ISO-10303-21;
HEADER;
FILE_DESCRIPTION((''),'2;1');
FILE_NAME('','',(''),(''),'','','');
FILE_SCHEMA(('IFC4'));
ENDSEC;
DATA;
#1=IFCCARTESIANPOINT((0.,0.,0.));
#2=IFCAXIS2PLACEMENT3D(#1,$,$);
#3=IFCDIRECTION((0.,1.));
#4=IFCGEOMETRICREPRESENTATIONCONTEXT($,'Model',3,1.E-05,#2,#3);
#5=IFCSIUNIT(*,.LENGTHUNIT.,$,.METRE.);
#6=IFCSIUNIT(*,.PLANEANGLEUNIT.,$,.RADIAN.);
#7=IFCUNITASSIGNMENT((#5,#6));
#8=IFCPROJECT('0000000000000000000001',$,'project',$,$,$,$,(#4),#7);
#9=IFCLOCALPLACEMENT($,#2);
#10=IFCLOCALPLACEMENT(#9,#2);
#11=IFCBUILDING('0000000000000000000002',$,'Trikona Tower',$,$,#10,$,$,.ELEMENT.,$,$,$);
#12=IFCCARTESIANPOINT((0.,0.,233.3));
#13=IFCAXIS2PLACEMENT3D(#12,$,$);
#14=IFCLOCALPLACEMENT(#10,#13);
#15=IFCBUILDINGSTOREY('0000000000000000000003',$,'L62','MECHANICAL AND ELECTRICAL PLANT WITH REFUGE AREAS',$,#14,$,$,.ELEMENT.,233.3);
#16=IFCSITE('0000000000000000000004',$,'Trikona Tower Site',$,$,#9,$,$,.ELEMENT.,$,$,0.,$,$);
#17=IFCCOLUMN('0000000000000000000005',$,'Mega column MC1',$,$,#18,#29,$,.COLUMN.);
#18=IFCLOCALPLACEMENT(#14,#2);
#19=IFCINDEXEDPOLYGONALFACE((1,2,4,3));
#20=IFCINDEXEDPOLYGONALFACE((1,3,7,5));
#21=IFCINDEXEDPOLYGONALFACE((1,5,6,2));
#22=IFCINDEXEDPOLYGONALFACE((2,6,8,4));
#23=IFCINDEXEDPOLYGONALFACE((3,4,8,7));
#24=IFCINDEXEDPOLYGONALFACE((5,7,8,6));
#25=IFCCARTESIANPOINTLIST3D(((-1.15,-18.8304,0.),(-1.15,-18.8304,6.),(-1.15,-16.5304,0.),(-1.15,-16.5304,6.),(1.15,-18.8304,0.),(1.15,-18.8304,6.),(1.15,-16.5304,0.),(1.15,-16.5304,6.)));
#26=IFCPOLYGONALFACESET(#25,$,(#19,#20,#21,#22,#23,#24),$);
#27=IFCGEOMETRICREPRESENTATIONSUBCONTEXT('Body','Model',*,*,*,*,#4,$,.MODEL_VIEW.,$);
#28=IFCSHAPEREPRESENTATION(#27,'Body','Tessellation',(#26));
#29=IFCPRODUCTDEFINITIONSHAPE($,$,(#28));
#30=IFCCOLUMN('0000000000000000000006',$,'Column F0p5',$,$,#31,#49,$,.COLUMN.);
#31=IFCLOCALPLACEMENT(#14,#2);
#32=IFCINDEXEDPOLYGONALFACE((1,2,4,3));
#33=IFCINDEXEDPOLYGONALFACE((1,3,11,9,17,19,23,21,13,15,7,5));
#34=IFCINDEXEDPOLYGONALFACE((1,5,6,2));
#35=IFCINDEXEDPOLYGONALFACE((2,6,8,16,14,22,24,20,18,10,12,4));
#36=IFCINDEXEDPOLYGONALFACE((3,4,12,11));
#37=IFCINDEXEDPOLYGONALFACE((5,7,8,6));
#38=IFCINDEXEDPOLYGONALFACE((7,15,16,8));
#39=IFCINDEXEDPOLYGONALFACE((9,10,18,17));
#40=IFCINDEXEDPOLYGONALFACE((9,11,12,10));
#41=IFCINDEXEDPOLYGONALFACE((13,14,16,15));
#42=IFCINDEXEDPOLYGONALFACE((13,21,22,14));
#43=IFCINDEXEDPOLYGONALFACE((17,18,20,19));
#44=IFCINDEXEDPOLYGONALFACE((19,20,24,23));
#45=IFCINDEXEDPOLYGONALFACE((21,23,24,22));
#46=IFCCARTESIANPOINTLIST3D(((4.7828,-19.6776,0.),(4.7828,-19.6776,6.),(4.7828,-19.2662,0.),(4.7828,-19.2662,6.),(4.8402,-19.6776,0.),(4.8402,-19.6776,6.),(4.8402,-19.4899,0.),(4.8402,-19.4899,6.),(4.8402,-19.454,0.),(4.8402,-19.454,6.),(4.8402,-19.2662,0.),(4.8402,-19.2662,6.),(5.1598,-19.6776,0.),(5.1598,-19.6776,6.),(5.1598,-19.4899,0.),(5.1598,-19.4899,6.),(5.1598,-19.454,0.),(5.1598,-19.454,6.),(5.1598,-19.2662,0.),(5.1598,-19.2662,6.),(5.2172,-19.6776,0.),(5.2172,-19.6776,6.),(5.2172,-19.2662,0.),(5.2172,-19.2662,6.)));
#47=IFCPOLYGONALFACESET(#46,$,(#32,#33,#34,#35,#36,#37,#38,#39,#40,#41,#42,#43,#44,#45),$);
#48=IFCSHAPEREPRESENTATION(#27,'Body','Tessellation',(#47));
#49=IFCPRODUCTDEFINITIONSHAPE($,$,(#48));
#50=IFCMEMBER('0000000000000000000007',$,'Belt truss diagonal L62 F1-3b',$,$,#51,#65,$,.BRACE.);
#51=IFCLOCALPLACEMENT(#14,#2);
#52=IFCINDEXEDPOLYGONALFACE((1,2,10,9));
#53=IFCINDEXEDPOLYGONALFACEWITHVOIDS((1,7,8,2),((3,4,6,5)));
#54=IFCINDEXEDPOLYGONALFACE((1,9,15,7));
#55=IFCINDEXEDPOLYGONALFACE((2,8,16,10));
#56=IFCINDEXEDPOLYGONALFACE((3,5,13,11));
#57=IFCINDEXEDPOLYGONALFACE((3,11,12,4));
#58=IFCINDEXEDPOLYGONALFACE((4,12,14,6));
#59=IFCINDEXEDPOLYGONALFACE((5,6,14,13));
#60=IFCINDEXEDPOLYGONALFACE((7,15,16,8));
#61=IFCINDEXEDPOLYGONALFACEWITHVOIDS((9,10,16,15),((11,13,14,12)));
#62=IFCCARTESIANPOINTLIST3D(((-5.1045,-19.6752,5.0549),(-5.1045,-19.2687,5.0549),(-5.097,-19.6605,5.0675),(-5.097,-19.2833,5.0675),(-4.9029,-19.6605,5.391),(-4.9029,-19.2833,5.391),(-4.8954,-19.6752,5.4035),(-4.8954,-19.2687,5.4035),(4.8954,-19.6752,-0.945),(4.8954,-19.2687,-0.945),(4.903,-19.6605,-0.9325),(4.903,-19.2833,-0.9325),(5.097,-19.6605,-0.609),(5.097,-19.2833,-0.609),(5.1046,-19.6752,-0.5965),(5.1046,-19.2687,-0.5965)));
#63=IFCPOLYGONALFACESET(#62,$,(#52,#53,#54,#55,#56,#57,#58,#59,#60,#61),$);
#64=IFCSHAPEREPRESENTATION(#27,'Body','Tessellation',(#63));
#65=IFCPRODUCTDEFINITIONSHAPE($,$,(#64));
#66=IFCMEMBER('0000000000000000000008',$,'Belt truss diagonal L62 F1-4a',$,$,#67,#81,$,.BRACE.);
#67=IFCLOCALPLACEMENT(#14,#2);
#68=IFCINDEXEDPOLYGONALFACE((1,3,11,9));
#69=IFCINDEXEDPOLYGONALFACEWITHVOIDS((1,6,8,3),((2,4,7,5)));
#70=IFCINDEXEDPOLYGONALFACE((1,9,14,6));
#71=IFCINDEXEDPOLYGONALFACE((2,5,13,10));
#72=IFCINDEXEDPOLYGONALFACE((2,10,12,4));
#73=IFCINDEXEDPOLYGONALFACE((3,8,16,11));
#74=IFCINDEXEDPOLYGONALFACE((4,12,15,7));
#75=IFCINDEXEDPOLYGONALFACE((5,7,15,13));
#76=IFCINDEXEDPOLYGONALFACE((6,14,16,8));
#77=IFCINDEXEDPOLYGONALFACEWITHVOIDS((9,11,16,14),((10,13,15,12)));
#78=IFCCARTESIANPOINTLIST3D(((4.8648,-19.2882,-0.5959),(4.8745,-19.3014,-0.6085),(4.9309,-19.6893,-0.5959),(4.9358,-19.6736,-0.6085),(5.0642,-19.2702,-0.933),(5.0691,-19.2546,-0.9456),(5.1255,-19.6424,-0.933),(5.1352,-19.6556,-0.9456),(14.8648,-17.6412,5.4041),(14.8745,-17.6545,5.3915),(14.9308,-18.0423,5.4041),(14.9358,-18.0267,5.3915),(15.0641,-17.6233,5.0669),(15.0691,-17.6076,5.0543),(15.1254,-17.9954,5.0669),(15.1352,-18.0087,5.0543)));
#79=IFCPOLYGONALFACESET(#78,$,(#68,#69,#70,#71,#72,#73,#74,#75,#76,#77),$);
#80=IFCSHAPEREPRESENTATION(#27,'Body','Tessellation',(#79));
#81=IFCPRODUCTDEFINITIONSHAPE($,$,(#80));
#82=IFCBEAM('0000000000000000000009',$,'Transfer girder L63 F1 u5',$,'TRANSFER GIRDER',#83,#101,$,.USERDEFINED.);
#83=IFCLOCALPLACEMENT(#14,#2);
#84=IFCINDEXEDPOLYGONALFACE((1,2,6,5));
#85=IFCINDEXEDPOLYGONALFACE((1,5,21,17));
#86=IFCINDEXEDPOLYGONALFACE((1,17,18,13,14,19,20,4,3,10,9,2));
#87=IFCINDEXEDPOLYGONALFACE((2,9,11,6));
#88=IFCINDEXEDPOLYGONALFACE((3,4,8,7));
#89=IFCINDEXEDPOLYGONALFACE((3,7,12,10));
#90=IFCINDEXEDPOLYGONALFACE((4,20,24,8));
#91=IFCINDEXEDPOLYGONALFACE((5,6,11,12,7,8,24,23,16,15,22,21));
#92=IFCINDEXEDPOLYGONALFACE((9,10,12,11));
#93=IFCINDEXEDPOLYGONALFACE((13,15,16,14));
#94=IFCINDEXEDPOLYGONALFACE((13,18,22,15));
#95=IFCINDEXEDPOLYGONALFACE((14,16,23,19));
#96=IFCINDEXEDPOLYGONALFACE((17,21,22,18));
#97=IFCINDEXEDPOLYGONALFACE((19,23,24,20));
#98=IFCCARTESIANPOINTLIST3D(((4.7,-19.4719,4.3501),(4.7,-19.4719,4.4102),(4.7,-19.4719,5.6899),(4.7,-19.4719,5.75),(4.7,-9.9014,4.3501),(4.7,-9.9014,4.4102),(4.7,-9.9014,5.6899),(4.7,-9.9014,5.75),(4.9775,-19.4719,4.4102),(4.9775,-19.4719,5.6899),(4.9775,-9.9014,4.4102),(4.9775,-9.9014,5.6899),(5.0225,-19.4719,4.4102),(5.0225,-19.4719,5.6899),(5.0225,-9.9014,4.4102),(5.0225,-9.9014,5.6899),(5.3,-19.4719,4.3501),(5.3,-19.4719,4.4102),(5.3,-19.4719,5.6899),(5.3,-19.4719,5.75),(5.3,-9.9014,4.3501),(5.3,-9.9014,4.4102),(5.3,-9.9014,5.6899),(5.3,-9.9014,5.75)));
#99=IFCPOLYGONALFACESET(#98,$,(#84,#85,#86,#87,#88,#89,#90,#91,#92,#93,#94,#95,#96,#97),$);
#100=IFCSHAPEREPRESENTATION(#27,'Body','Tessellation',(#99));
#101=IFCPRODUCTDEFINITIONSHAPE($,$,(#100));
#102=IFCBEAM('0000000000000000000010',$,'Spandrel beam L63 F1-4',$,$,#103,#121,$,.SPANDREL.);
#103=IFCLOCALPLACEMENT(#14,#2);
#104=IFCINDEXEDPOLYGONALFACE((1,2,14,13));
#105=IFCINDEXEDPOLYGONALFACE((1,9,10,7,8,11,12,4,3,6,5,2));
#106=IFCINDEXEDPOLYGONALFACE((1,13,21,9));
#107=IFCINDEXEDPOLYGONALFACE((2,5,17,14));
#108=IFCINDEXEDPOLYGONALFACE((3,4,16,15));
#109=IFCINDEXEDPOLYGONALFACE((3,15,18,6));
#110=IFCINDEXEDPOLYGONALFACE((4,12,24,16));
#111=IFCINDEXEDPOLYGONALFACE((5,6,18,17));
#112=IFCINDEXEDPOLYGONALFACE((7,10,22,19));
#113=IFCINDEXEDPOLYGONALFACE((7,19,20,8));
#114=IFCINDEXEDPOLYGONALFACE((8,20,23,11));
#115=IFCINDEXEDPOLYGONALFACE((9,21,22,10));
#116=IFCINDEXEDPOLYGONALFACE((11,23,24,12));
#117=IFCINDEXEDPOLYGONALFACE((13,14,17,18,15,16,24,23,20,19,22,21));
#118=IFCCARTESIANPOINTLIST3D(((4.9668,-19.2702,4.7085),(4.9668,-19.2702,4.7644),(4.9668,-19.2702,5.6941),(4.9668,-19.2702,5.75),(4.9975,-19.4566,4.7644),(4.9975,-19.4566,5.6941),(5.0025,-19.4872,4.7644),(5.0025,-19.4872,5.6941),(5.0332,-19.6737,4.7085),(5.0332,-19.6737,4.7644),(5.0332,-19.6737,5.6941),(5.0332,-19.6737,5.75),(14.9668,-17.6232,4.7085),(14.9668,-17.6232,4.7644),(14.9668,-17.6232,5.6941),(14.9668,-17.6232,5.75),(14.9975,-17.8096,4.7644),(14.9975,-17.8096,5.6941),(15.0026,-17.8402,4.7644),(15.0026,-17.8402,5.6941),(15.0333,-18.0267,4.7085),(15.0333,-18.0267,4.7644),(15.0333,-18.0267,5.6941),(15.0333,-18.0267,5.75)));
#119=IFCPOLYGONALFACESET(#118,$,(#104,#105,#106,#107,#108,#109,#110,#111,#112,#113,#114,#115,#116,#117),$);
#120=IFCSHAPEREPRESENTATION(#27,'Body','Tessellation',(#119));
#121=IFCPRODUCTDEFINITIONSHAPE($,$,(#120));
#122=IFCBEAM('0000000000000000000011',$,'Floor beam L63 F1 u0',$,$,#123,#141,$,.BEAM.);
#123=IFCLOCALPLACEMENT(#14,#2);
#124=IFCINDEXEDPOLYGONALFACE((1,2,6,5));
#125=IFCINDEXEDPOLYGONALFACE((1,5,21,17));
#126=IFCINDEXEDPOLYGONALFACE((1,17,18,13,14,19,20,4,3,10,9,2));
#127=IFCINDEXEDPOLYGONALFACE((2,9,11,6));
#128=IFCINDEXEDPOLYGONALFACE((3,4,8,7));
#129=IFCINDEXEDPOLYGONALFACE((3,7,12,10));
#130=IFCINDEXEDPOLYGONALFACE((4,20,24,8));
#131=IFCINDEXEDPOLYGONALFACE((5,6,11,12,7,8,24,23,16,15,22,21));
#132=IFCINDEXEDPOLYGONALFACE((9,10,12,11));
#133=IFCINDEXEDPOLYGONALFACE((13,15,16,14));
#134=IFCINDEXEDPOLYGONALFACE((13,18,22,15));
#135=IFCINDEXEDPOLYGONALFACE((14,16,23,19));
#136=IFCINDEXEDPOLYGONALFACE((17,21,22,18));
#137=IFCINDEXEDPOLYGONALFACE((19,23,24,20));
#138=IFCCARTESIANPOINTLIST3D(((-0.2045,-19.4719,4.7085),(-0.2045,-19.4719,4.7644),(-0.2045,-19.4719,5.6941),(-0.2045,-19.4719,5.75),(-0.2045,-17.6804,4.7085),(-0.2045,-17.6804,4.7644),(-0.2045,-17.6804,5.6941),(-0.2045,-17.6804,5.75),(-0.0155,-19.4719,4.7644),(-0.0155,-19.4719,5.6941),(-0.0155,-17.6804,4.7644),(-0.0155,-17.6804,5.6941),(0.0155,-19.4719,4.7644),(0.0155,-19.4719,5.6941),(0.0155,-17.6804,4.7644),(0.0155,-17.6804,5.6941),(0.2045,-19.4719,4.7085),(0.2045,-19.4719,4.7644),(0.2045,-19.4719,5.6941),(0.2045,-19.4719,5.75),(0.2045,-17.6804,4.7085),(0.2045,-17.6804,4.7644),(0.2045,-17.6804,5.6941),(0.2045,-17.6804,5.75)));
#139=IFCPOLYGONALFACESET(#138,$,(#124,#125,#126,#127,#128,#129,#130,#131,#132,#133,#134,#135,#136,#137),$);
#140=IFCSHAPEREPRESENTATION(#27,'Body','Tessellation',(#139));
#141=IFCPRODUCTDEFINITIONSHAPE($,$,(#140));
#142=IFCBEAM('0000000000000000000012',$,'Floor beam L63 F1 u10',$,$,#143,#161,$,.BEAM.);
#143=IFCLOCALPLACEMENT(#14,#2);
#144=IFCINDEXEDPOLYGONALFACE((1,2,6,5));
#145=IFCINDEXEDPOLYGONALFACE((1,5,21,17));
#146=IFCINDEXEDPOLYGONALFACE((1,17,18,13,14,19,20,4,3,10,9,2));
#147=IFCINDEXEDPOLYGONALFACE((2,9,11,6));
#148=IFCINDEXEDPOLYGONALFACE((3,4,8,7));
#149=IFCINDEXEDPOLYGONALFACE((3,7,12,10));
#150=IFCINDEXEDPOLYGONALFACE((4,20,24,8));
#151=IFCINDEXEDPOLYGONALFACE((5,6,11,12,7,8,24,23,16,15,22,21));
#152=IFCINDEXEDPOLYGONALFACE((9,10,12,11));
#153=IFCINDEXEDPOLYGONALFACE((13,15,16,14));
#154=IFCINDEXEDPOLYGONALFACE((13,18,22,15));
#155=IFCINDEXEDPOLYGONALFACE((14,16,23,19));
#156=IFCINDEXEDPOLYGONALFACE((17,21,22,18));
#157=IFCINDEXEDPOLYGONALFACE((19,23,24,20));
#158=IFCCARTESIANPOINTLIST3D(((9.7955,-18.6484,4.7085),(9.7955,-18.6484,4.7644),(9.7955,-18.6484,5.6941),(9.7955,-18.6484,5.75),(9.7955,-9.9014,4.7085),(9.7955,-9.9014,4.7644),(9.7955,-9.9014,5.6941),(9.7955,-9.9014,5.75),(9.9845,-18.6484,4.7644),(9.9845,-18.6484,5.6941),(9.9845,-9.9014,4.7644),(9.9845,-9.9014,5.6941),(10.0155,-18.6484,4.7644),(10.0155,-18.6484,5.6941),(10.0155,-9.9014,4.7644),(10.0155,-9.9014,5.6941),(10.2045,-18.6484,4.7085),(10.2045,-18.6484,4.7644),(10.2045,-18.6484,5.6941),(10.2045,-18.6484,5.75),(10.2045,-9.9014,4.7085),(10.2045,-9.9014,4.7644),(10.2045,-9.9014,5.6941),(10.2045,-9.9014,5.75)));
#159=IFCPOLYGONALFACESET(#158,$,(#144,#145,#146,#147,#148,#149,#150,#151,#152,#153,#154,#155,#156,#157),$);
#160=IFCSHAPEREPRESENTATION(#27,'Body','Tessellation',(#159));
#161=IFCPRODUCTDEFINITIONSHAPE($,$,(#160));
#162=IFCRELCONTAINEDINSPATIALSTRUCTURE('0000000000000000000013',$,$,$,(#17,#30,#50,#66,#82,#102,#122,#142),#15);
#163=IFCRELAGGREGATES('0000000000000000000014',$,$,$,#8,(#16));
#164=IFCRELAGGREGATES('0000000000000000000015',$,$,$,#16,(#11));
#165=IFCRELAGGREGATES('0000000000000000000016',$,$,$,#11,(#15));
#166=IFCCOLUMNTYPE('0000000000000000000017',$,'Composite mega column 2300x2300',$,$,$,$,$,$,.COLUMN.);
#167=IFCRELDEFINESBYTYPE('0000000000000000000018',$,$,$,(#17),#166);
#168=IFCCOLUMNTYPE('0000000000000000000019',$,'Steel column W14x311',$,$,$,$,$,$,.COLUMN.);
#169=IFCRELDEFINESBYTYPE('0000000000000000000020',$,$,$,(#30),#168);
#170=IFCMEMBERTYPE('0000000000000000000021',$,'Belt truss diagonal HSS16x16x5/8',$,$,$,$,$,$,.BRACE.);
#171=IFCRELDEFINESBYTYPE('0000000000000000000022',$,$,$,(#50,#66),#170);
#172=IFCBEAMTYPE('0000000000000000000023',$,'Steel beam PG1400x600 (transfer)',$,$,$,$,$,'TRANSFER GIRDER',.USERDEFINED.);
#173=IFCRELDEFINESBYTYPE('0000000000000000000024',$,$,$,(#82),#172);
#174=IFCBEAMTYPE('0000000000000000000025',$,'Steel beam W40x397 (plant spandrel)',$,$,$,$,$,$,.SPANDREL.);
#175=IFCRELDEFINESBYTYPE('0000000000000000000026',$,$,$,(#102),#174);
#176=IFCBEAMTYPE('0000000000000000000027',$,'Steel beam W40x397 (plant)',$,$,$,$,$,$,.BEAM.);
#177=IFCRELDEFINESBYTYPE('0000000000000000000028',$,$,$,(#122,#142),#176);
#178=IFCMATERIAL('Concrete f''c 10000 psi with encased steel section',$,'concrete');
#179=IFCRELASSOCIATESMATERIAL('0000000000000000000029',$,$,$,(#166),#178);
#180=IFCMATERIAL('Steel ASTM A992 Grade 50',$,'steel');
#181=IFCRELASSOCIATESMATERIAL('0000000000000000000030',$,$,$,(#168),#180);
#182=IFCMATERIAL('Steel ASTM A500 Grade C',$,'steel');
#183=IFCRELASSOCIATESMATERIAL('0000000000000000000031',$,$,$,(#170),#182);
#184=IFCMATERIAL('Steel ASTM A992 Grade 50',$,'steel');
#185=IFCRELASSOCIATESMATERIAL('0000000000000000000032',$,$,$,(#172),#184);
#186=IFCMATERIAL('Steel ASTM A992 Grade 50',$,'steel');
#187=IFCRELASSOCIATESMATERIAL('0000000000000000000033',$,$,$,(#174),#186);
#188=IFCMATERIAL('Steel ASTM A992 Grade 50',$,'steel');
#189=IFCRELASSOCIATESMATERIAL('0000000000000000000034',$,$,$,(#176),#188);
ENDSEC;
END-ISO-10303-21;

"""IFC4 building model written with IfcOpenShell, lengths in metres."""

from ifc_helpers import new_model, si_unit, direction, frame, origin, origin_2d, place, context, subcontext, project, spatial, rectangle, hollow_rectangle, i_section, extrude, material, material_profile, profile_set, type_object, element, save


model = new_model("IFC4")

# Units and contexts
model_context = context("Model", 3, precision=1e-05, world=origin(), true_north=direction((0.0, 1.0)))
body_context = subcontext(model_context, "Body", "Model", "MODEL_VIEW")
ifc_project = project(units=[si_unit("LENGTHUNIT", "METRE"), si_unit("PLANEANGLEUNIT", "RADIAN")], contexts=[model_context])

# Site, building, storey
site_placement = place(None, origin())
site = spatial("IfcSite", under=ifc_project, at=site_placement, Name="Trikona Tower Site", CompositionType="ELEMENT", RefElevation=0.0)
building_placement = place(site_placement, origin())
building = spatial("IfcBuilding", under=site, at=building_placement, Name="Trikona Tower", CompositionType="ELEMENT")
storey_placement = place(building_placement, frame((0.0, 0.0, 233.3)))
storey = spatial("IfcBuildingStorey", under=building, at=storey_placement, Name="L62", Description="MECHANICAL AND ELECTRICAL PLANT WITH REFUGE AREAS", CompositionType="ELEMENT", Elevation=233.3)

# Columns
ifc_material_1 = material(Name="Concrete f'c 10000 psi with encased steel section", Category="concrete")
ifc_material_profile_1 = material_profile(ifc_material_1, rectangle(XDim=2.3, YDim=2.3, at=origin_2d()), Name="MC2300")
ifc_profile_set_1 = profile_set([ifc_material_profile_1], Name="Concrete f'c 10000 psi with encased steel section")
column_type_1 = type_object("IfcColumnType", Name="Composite mega column 2300x2300", PredefinedType="COLUMN", material=ifc_profile_set_1)
column_1_placement = place(storey_placement, frame((0.0, -17.6804, 0.0), z_axis=(0.0, 0.0, 1.0), x_axis=(0.0, -1.0, 0.0)))
element("IfcColumn", 1, at=column_1_placement, inside=storey, type_object=column_type_1, Name="Mega column MC1", PredefinedType="COLUMN", context=body_context, shape_type="SweptSolid", body=[
    extrude(rectangle(XDim=2.3, YDim=2.3, at=origin_2d()), origin(), (0.0, 0.0, 1.0), 6.0),
])
ifc_material_2 = material(Name="Steel ASTM A992 Grade 50", Category="steel")
ifc_material_profile_2 = material_profile(ifc_material_2, i_section(OverallWidth=0.4114, OverallDepth=0.4343, WebThickness=0.0359, FlangeThickness=0.0574, at=origin_2d()), Name="W14X311")
ifc_profile_set_2 = profile_set([ifc_material_profile_2], Name="Steel ASTM A992 Grade 50")
column_type_2 = type_object("IfcColumnType", Name="Steel column W14x311", PredefinedType="COLUMN", material=ifc_profile_set_2)
column_2_placement = place(storey_placement, frame((5.0, -19.4719, 0.0), z_axis=(0.0, 0.0, 1.0), x_axis=(0.0, -1.0, 0.0)))
element("IfcColumn", 2, at=column_2_placement, inside=storey, type_object=column_type_2, Name="Column F0p5", PredefinedType="COLUMN", context=body_context, shape_type="SweptSolid", body=[
    extrude(i_section(OverallWidth=0.4114, OverallDepth=0.4343, WebThickness=0.0359, FlangeThickness=0.0574, at=origin_2d()), origin(), (0.0, 0.0, 1.0), 6.0),
])

# Members
ifc_material_3 = material(Name="Steel ASTM A500 Grade C", Category="steel")
ifc_material_profile_3 = material_profile(ifc_material_3, hollow_rectangle(XDim=0.4065, YDim=0.4065, WallThickness=0.0146, at=origin_2d()), Name="HSS16X16X5/8")
ifc_profile_set_3 = profile_set([ifc_material_profile_3], Name="Steel ASTM A500 Grade C")
member_type = type_object("IfcMemberType", Name="Belt truss diagonal HSS16x16x5/8", PredefinedType="BRACE", material=ifc_profile_set_3)
member_1_placement = place(storey_placement, frame((5.0, -19.4719, -0.7708), z_axis=(-0.857493, 0.0, 0.514496), x_axis=(0.0, -1.0, 0.0)))
element("IfcMember", 3, at=member_1_placement, inside=storey, type_object=member_type, Name="Belt truss diagonal L62 F1-3b", PredefinedType="BRACE", context=body_context, shape_type="SweptSolid", body=[
    extrude(hollow_rectangle(XDim=0.4065, YDim=0.4065, WallThickness=0.0146, at=origin_2d()), origin(), (0.0, 0.0, 1.0), 11.6619),
])
member_2_placement = place(storey_placement, frame((5.0, -19.4719, -0.7708), z_axis=(0.849067, 0.139839, 0.50944), x_axis=(-0.162508, 0.986707, 0.0)))
element("IfcMember", 4, at=member_2_placement, inside=storey, type_object=member_type, Name="Belt truss diagonal L62 F1-4a", PredefinedType="BRACE", context=body_context, shape_type="SweptSolid", body=[
    extrude(hollow_rectangle(XDim=0.4065, YDim=0.4065, WallThickness=0.0146, at=origin_2d()), origin(), (0.0, 0.0, 1.0), 11.7776),
])

# Beams
ifc_material_4 = material(Name="Steel ASTM A992 Grade 50", Category="steel")
ifc_material_profile_4 = material_profile(ifc_material_4, i_section(OverallWidth=0.6001, OverallDepth=1.3999, WebThickness=0.0449, FlangeThickness=0.0601, at=origin_2d()), Name="PG1400X600")
ifc_profile_set_4 = profile_set([ifc_material_profile_4], Name="Steel ASTM A992 Grade 50")
beam_type_1 = type_object("IfcBeamType", Name="Steel beam PG1400x600 (transfer)", ElementType="TRANSFER GIRDER", PredefinedType="USERDEFINED", material=ifc_profile_set_4)
beam_1_placement = place(storey_placement, frame((5.0, -9.9014, 5.05), z_axis=(0.0, -1.0, 0.0), x_axis=(1.0, 0.0, 0.0)))
element("IfcBeam", 5, at=beam_1_placement, inside=storey, type_object=beam_type_1, Name="Transfer girder L63 F1 u5", ObjectType="TRANSFER GIRDER", PredefinedType="USERDEFINED", context=body_context, shape_type="SweptSolid", body=[
    extrude(i_section(OverallWidth=0.6001, OverallDepth=1.3999, WebThickness=0.0449, FlangeThickness=0.0601, at=origin_2d()), origin(), (0.0, 0.0, 1.0), 9.5706),
])
ifc_material_5 = material(Name="Steel ASTM A992 Grade 50", Category="steel")
ifc_material_profile_5 = material_profile(ifc_material_5, i_section(OverallWidth=0.4089, OverallDepth=1.0415, WebThickness=0.031, FlangeThickness=0.0559, at=origin_2d()), Name="W40X397")
ifc_profile_set_5 = profile_set([ifc_material_profile_5], Name="Steel ASTM A992 Grade 50")
beam_type_2 = type_object("IfcBeamType", Name="Steel beam W40x397 (plant spandrel)", PredefinedType="SPANDREL", material=ifc_profile_set_5)
beam_2_placement = place(storey_placement, frame((5.0, -19.4719, 5.2292), z_axis=(0.986707, 0.162508, 0.0), x_axis=(-0.162508, 0.986707, 0.0)))
element("IfcBeam", 6, at=beam_2_placement, inside=storey, type_object=beam_type_2, Name="Spandrel beam L63 F1-4", PredefinedType="SPANDREL", context=body_context, shape_type="SweptSolid", body=[
    extrude(i_section(OverallWidth=0.4089, OverallDepth=1.0415, WebThickness=0.031, FlangeThickness=0.0559, at=origin_2d()), origin(), (0.0, 0.0, 1.0), 10.1348),
])
ifc_material_6 = material(Name="Steel ASTM A992 Grade 50", Category="steel")
ifc_material_profile_6 = material_profile(ifc_material_6, i_section(OverallWidth=0.4089, OverallDepth=1.0415, WebThickness=0.031, FlangeThickness=0.0559, at=origin_2d()), Name="W40X397")
ifc_profile_set_6 = profile_set([ifc_material_profile_6], Name="Steel ASTM A992 Grade 50")
beam_type_3 = type_object("IfcBeamType", Name="Steel beam W40x397 (plant)", PredefinedType="BEAM", material=ifc_profile_set_6)
beam_3_placement = place(storey_placement, frame((0.0, -17.6804, 5.2292), z_axis=(0.0, -1.0, 0.0), x_axis=(1.0, 0.0, 0.0)))
element("IfcBeam", 7, at=beam_3_placement, inside=storey, type_object=beam_type_3, Name="Floor beam L63 F1 u0", PredefinedType="BEAM", context=body_context, shape_type="SweptSolid", body=[
    extrude(i_section(OverallWidth=0.4089, OverallDepth=1.0415, WebThickness=0.031, FlangeThickness=0.0559, at=origin_2d()), origin(), (0.0, 0.0, 1.0), 1.7915),
])
beam_4_placement = place(storey_placement, frame((10.0, -9.9014, 5.2292), z_axis=(0.0, -1.0, 0.0), x_axis=(1.0, 0.0, 0.0)))
element("IfcBeam", 8, at=beam_4_placement, inside=storey, type_object=beam_type_3, Name="Floor beam L63 F1 u10", PredefinedType="BEAM", context=body_context, shape_type="SweptSolid", body=[
    extrude(i_section(OverallWidth=0.4089, OverallDepth=1.0415, WebThickness=0.031, FlangeThickness=0.0559, at=origin_2d()), origin(), (0.0, 0.0, 1.0), 8.7471),
])

save(model, "model.ifc")
